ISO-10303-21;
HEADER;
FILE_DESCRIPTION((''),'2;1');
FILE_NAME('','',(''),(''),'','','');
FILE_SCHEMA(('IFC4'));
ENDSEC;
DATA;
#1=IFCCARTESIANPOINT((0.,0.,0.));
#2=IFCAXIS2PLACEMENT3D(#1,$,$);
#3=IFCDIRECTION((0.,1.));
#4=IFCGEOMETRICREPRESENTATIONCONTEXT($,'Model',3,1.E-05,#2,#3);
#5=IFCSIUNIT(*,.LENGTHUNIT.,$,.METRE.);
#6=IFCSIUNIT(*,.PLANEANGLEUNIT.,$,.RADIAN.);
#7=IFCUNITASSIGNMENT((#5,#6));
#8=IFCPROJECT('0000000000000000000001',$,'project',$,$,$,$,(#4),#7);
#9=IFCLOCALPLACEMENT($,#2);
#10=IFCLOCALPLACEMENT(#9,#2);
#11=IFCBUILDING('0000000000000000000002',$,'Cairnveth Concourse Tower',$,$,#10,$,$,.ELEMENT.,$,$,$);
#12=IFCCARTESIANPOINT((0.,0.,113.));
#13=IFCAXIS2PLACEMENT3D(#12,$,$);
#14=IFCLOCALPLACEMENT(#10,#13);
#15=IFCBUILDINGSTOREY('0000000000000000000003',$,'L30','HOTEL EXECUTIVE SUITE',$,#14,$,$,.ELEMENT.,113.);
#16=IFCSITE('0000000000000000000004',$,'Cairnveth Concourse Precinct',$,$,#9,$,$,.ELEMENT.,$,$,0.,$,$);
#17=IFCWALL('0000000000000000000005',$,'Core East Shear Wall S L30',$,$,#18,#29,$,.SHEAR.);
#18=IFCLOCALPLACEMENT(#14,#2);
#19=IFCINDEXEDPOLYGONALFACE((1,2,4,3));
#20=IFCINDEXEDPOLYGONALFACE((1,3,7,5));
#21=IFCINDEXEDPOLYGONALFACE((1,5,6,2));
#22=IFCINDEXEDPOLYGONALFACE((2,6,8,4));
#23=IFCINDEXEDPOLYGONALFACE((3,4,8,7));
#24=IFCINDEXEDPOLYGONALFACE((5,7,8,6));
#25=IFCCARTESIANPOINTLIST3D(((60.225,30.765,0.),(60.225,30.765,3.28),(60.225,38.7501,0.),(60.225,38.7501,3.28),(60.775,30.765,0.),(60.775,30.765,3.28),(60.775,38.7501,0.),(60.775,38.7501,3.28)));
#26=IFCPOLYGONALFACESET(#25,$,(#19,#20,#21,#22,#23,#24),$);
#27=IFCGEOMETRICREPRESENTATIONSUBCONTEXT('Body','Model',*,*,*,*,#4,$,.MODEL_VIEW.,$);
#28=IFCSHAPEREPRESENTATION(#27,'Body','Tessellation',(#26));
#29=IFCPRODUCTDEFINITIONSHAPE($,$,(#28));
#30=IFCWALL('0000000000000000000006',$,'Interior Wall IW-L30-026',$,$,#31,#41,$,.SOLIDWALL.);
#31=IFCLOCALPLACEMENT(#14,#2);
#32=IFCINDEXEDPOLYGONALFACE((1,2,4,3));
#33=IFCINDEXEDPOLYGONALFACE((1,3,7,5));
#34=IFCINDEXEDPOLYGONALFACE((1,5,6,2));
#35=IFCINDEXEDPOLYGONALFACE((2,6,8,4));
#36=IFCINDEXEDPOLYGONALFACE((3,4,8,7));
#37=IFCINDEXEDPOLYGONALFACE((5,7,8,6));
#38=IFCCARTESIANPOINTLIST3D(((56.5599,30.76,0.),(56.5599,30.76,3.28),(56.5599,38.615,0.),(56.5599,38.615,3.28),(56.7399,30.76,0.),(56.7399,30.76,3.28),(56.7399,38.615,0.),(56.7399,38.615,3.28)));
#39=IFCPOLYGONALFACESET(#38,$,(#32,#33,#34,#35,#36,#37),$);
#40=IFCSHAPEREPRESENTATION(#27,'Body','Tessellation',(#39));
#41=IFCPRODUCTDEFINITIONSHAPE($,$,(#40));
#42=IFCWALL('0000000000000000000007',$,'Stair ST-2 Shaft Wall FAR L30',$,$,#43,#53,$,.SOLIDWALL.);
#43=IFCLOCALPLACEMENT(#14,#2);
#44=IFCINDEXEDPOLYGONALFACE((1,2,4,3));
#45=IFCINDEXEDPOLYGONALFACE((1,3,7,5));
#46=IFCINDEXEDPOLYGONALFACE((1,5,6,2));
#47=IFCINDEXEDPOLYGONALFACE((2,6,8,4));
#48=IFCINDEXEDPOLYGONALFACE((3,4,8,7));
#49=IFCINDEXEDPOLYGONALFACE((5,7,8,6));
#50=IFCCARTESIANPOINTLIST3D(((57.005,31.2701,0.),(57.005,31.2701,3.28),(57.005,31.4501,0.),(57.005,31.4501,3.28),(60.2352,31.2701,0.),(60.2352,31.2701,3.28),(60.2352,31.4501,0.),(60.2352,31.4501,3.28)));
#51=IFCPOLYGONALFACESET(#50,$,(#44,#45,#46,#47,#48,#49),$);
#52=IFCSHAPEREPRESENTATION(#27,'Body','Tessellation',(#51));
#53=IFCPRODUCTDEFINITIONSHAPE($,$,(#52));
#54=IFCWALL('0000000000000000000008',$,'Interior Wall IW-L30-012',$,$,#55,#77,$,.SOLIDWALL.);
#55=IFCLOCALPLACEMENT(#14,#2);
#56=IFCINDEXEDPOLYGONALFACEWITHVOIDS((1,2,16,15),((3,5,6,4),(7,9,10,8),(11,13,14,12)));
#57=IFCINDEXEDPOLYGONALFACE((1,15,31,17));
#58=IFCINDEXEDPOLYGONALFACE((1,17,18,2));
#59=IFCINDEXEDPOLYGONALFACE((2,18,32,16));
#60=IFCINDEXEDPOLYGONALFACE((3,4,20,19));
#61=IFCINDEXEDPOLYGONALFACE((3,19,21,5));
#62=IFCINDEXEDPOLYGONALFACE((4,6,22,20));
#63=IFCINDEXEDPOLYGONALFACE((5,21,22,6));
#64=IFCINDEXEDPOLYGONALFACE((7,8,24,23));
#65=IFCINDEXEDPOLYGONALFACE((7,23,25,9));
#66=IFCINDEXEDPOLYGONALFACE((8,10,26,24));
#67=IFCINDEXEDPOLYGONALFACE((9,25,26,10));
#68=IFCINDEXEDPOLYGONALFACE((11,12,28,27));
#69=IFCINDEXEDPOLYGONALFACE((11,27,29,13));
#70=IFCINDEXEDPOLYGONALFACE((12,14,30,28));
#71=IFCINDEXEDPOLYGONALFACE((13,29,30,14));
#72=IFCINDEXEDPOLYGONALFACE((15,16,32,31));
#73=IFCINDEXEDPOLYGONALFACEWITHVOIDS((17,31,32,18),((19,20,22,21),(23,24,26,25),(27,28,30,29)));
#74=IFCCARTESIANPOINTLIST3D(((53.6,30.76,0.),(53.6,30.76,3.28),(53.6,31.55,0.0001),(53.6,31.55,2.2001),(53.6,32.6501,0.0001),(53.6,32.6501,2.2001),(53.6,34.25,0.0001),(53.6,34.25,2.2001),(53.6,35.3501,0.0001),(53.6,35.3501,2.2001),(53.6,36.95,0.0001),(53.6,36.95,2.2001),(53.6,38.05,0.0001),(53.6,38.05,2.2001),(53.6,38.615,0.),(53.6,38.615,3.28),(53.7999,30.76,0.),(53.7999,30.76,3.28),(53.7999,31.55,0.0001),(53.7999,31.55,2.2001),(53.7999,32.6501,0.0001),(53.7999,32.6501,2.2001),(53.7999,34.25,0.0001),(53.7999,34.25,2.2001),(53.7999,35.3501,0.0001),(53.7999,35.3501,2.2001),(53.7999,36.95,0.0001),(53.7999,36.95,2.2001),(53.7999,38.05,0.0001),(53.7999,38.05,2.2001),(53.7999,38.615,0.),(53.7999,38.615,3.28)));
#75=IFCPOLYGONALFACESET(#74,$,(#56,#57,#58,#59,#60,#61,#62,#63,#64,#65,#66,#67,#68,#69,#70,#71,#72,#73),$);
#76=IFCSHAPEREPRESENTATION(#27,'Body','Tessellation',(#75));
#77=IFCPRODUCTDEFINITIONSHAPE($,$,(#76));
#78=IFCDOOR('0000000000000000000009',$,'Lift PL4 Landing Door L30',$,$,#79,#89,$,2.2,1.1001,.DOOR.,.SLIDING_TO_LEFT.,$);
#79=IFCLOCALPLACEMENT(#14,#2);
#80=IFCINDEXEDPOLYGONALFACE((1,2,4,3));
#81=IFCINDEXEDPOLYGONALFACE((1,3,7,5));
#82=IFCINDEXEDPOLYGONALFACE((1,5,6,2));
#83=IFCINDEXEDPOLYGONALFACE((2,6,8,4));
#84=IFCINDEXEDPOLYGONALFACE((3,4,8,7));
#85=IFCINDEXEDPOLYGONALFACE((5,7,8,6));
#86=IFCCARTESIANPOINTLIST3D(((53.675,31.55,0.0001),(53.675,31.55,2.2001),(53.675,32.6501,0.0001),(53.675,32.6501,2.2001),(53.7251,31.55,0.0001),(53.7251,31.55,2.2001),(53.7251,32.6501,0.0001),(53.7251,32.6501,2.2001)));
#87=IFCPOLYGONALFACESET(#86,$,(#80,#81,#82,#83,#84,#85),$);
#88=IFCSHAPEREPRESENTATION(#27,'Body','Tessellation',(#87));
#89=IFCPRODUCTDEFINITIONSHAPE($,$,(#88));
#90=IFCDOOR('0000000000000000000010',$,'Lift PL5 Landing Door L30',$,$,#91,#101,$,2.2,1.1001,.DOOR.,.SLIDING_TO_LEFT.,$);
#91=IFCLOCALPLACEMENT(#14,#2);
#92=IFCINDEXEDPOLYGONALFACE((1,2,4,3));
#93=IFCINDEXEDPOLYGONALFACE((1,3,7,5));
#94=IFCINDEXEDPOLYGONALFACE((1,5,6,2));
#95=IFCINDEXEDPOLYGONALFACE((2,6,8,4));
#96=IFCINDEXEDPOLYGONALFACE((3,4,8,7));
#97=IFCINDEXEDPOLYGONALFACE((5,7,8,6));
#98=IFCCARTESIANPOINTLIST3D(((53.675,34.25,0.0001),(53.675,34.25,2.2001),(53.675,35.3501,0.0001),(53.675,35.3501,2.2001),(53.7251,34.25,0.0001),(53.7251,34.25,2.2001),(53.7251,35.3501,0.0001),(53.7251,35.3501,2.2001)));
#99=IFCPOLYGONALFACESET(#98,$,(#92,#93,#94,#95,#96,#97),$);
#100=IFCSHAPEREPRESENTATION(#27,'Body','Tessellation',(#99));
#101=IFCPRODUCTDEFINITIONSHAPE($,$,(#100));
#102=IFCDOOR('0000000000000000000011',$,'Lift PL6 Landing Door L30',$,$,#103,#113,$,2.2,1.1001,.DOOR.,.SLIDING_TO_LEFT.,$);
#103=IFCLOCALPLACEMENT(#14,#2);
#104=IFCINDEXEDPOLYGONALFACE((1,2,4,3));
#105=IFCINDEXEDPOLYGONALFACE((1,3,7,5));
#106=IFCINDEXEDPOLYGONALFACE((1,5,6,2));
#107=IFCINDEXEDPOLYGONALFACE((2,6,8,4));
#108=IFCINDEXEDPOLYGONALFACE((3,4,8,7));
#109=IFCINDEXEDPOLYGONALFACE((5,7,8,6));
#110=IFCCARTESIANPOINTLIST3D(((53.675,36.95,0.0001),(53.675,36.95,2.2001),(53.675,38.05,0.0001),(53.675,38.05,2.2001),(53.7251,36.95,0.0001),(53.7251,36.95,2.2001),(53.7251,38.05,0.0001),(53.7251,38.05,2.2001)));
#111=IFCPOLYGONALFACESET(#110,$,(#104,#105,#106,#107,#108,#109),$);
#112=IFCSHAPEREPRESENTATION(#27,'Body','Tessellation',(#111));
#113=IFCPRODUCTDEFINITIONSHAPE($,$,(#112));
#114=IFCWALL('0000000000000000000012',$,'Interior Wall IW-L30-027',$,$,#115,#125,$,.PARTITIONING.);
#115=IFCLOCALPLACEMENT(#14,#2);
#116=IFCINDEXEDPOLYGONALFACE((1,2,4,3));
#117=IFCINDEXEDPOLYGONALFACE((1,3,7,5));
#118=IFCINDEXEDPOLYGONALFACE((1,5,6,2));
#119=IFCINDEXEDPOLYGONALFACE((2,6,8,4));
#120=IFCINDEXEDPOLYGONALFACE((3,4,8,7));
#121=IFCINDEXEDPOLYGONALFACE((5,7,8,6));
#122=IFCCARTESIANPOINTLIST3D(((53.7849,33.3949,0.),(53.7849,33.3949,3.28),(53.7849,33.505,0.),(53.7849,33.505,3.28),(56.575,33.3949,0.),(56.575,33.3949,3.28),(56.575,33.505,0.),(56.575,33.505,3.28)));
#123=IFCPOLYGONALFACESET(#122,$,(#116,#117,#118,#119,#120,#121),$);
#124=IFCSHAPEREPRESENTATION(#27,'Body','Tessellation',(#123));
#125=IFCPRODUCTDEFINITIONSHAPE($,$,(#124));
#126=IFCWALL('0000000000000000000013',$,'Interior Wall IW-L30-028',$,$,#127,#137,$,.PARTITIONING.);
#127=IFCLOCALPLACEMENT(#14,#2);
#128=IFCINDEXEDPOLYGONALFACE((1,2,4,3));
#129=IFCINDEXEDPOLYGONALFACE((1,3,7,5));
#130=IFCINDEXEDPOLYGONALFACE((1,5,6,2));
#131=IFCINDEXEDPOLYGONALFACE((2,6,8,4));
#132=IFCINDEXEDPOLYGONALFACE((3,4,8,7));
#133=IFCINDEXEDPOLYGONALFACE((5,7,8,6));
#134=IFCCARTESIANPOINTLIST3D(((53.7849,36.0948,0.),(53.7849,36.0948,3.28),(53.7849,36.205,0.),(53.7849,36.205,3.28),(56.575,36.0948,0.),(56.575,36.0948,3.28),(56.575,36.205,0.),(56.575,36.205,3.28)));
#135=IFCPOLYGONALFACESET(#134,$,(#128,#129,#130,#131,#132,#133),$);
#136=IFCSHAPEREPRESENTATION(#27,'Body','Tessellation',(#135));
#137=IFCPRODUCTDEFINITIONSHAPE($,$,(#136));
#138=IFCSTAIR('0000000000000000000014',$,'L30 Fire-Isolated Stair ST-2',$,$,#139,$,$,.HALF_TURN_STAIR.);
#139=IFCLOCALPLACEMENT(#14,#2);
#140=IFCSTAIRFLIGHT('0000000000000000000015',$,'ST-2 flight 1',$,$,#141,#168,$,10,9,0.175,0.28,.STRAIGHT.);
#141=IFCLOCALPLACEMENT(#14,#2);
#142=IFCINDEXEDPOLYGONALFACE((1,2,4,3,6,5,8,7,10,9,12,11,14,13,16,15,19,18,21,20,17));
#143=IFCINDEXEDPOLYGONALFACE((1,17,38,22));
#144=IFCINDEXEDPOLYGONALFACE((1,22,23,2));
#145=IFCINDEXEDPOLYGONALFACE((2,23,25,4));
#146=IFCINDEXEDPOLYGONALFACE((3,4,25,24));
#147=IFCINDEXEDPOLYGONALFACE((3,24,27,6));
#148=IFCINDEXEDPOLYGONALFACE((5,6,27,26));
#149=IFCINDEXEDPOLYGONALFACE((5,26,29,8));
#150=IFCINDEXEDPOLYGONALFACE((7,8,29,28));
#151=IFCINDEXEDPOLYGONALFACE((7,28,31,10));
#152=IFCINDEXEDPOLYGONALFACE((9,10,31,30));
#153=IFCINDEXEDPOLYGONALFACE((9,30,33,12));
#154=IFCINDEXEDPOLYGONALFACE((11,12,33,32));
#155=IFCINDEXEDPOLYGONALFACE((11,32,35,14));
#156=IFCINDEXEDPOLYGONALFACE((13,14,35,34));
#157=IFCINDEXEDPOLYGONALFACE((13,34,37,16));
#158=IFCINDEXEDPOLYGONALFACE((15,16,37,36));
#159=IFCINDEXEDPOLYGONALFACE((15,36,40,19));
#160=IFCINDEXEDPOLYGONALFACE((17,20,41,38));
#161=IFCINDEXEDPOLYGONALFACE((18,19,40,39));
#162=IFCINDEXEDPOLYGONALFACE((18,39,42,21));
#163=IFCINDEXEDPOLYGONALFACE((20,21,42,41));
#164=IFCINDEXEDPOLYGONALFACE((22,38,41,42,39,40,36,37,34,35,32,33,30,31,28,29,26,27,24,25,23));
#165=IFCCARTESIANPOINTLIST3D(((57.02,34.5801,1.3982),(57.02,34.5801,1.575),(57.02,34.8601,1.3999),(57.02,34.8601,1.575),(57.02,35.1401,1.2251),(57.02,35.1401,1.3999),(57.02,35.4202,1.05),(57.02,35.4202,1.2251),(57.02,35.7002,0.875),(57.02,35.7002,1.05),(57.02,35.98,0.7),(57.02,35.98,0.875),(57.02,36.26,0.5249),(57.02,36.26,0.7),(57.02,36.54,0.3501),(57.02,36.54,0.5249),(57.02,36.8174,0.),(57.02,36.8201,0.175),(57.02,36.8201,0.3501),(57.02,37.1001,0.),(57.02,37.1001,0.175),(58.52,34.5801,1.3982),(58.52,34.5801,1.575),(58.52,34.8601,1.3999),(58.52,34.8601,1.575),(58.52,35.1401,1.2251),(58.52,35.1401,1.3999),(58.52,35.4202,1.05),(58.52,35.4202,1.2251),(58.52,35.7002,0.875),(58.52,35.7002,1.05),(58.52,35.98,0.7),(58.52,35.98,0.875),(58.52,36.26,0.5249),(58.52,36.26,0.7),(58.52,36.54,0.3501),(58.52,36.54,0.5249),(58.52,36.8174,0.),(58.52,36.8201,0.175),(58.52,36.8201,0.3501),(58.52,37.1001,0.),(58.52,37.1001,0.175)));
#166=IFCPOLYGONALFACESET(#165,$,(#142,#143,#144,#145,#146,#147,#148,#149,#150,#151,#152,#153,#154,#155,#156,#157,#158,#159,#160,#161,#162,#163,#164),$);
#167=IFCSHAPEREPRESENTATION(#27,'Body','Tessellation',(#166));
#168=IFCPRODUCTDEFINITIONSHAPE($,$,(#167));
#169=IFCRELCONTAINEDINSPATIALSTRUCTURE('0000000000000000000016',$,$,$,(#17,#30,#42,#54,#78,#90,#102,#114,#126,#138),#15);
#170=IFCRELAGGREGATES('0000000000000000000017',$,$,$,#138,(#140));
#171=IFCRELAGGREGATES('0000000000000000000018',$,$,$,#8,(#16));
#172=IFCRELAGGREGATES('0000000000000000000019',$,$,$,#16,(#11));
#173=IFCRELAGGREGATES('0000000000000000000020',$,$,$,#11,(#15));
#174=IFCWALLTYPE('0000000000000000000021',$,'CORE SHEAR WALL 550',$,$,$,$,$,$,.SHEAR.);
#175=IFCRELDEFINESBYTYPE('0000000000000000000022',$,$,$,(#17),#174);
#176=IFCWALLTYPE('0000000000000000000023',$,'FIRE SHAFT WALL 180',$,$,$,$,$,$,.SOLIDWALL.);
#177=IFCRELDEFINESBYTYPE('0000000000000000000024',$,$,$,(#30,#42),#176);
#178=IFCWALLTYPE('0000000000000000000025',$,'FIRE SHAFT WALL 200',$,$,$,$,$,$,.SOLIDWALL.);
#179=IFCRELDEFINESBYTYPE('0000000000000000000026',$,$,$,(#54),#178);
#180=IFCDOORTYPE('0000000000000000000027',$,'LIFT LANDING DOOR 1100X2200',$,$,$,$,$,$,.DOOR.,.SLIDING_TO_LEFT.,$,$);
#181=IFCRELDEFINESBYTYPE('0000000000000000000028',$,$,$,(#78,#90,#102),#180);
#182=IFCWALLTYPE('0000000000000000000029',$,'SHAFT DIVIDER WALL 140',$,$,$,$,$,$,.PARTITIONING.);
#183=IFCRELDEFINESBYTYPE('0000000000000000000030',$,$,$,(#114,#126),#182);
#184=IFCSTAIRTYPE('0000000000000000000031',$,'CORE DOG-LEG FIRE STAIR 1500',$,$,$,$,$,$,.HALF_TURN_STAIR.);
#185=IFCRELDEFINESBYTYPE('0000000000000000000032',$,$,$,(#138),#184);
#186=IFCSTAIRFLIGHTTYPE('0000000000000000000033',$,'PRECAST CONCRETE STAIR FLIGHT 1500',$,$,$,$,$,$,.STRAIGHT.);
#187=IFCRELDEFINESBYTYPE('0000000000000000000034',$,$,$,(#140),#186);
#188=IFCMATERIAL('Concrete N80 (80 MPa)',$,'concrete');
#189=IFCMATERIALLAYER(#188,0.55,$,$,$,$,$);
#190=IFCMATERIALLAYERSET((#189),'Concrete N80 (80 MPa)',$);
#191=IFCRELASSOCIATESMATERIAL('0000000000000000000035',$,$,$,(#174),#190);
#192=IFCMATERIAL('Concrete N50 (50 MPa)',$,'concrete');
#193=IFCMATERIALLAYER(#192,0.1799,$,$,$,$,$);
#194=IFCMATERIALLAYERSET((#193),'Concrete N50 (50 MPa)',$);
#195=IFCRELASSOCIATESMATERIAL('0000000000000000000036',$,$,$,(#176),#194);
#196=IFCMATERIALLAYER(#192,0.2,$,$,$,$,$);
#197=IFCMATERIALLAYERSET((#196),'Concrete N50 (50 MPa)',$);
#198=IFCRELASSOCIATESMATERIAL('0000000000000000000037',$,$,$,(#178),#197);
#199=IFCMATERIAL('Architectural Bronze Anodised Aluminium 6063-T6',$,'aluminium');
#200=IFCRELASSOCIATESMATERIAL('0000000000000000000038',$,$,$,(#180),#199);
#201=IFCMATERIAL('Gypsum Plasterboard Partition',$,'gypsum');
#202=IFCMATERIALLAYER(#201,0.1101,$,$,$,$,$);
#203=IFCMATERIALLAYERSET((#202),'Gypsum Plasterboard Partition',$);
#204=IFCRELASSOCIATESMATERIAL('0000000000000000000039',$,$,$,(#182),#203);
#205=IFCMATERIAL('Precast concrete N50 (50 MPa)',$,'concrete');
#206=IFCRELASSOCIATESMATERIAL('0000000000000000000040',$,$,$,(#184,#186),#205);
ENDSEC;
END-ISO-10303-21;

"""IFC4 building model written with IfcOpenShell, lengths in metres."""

from ifc_helpers import new_model, si_unit, direction, frame, frame_2d, origin, place, context, subcontext, project, spatial, polyline, rectangle, outline, extrude, material, layer, layer_set, type_object, element, fill, aggregate, save


model = new_model("IFC4")

# Units and contexts
model_context = context("Model", 3, precision=1e-05, world=origin(), true_north=direction((0.0, 1.0)))
body_context = subcontext(model_context, "Body", "Model", "MODEL_VIEW")
ifc_project = project(units=[si_unit("LENGTHUNIT", "METRE"), si_unit("PLANEANGLEUNIT", "RADIAN")], contexts=[model_context])

# Site, building, storey
site_placement = place(None, origin())
site = spatial("IfcSite", under=ifc_project, at=site_placement, Name="Cairnveth Concourse Precinct", CompositionType="ELEMENT", RefElevation=0.0)
building_placement = place(site_placement, origin())
building = spatial("IfcBuilding", under=site, at=building_placement, Name="Cairnveth Concourse Tower", CompositionType="ELEMENT")
storey_placement = place(building_placement, frame((0.0, 0.0, 113.0)))
storey = spatial("IfcBuildingStorey", under=building, at=storey_placement, Name="L30", Description="HOTEL EXECUTIVE SUITE", CompositionType="ELEMENT", Elevation=113.0)

# Walls
ifc_material_1 = material(Name="Concrete N80 (80 MPa)", Category="concrete")
ifc_layer_1 = layer(ifc_material_1, 0.55)
ifc_layer_set_1 = layer_set([ifc_layer_1], Name="Concrete N80 (80 MPa)")
wall_type_1 = type_object("IfcWallType", Name="CORE SHEAR WALL 550", PredefinedType="SHEAR", material=ifc_layer_set_1)
wall_1_placement = place(storey_placement, frame((60.5, 30.7649, 0.0), z_axis=(0.0, 0.0, 1.0), x_axis=(0.0, 1.0, 0.0)))
element("IfcWall", 1, at=wall_1_placement, inside=storey, type_object=wall_type_1, Name="Core East Shear Wall S L30", PredefinedType="SHEAR", context=body_context, shape_type="SweptSolid", body=[
    extrude(rectangle(XDim=7.9851, YDim=0.55, at=frame_2d((3.9927, 0.0))), origin(), (0.0, 0.0, 1.0), 3.28),
])
ifc_material_2 = material(Name="Concrete N50 (50 MPa)", Category="concrete")
ifc_layer_2 = layer(ifc_material_2, 0.1799)
ifc_layer_set_2 = layer_set([ifc_layer_2], Name="Concrete N50 (50 MPa)")
wall_type_2 = type_object("IfcWallType", Name="FIRE SHAFT WALL 180", PredefinedType="SOLIDWALL", material=ifc_layer_set_2)
wall_2_placement = place(storey_placement, frame((56.6499, 30.76, 0.0), z_axis=(0.0, 0.0, 1.0), x_axis=(0.0, 1.0, 0.0)))
element("IfcWall", 2, at=wall_2_placement, inside=storey, type_object=wall_type_2, Name="Interior Wall IW-L30-026", PredefinedType="SOLIDWALL", context=body_context, shape_type="SweptSolid", body=[
    extrude(rectangle(XDim=7.855, YDim=0.1799, at=frame_2d((3.9275, 0.0))), origin(), (0.0, 0.0, 1.0), 3.28),
])

# Wall
wall_3_placement = place(storey_placement, frame((57.0049, 31.3601, 0.0), z_axis=(0.0, 0.0, 1.0), x_axis=(1.0, 0.0, 0.0)))
element("IfcWall", 3, at=wall_3_placement, inside=storey, type_object=wall_type_2, Name="Stair ST-2 Shaft Wall FAR L30", PredefinedType="SOLIDWALL", context=body_context, shape_type="SweptSolid", body=[
    extrude(rectangle(XDim=3.2302, YDim=0.1799, at=frame_2d((1.6152, 0.0))), origin(), (0.0, 0.0, 1.0), 3.28),
])

# Wall, openings, doors
ifc_layer_3 = layer(ifc_material_2, 0.2)
ifc_layer_set_3 = layer_set([ifc_layer_3], Name="Concrete N50 (50 MPa)")
wall_type_3 = type_object("IfcWallType", Name="FIRE SHAFT WALL 200", PredefinedType="SOLIDWALL", material=ifc_layer_set_3)
wall_4_placement = place(storey_placement, frame((53.7, 30.76, 0.0), z_axis=(0.0, 0.0, 1.0), x_axis=(0.0, 1.0, 0.0)))
wall_4 = element("IfcWall", 4, at=wall_4_placement, inside=storey, type_object=wall_type_3, Name="Interior Wall IW-L30-012", PredefinedType="SOLIDWALL", context=body_context, shape_type="SweptSolid", body=[
    extrude(rectangle(XDim=7.855, YDim=0.2, at=frame_2d((3.9275, 0.0))), origin(), (0.0, 0.0, 1.0), 3.28),
])
opening_1_placement = place(wall_4_placement, frame((0.79, 0.0, 0.0)))
opening_1 = element("IfcOpeningElement", 5, at=opening_1_placement, cuts=wall_4, PredefinedType="OPENING", context=body_context, shape_type="SweptSolid", body=[
    extrude(rectangle(XDim=1.1001, YDim=2.2, at=frame_2d((0.55, 1.1001))), frame((0.0, 0.1099, 0.0), z_axis=(0.0, -1.0, 0.0), x_axis=(1.0, 0.0, 0.0)), (0.0, 0.0, 1.0), 0.22),
])
opening_2_placement = place(wall_4_placement, frame((3.49, 0.0, 0.0)))
opening_2 = element("IfcOpeningElement", 6, at=opening_2_placement, cuts=wall_4, PredefinedType="OPENING", context=body_context, shape_type="SweptSolid", body=[
    extrude(rectangle(XDim=1.1001, YDim=2.2, at=frame_2d((0.55, 1.1001))), frame((0.0, 0.1099, 0.0), z_axis=(0.0, -1.0, 0.0), x_axis=(1.0, 0.0, 0.0)), (0.0, 0.0, 1.0), 0.22),
])
opening_3_placement = place(wall_4_placement, frame((6.1899, 0.0, 0.0)))
opening_3 = element("IfcOpeningElement", 7, at=opening_3_placement, cuts=wall_4, PredefinedType="OPENING", context=body_context, shape_type="SweptSolid", body=[
    extrude(rectangle(XDim=1.1001, YDim=2.2, at=frame_2d((0.55, 1.1001))), frame((0.0, 0.1099, 0.0), z_axis=(0.0, -1.0, 0.0), x_axis=(1.0, 0.0, 0.0)), (0.0, 0.0, 1.0), 0.22),
])
ifc_material_3 = material(Name="Architectural Bronze Anodised Aluminium 6063-T6", Category="aluminium")
door_type_1 = type_object("IfcDoorType", Name="LIFT LANDING DOOR 1100X2200", OperationType="SLIDING_TO_LEFT", PredefinedType="DOOR", material=ifc_material_3)
door_1_placement = place(opening_1_placement, origin())
door_1 = element("IfcDoor", 8, at=door_1_placement, inside=storey, type_object=door_type_1, Name="Lift PL4 Landing Door L30", OperationType="SLIDING_TO_LEFT", OverallHeight=2.2, OverallWidth=1.1001, PredefinedType="DOOR", context=body_context, shape_type="SweptSolid", body=[
    extrude(rectangle(XDim=1.1001, YDim=2.2, at=frame_2d((0.55, 1.1001))), frame((0.0, 0.0249, 0.0), z_axis=(0.0, -1.0, 0.0), x_axis=(1.0, 0.0, 0.0)), (0.0, 0.0, 1.0), 0.05),
])
fill(opening_1, door_1)
door_2_placement = place(opening_2_placement, origin())
door_2 = element("IfcDoor", 9, at=door_2_placement, inside=storey, type_object=door_type_1, Name="Lift PL5 Landing Door L30", OperationType="SLIDING_TO_LEFT", OverallHeight=2.2, OverallWidth=1.1001, PredefinedType="DOOR", context=body_context, shape_type="SweptSolid", body=[
    extrude(rectangle(XDim=1.1001, YDim=2.2, at=frame_2d((0.55, 1.1001))), frame((0.0, 0.0249, 0.0), z_axis=(0.0, -1.0, 0.0), x_axis=(1.0, 0.0, 0.0)), (0.0, 0.0, 1.0), 0.05),
])
fill(opening_2, door_2)
door_3_placement = place(opening_3_placement, origin())
door_3 = element("IfcDoor", 10, at=door_3_placement, inside=storey, type_object=door_type_1, Name="Lift PL6 Landing Door L30", OperationType="SLIDING_TO_LEFT", OverallHeight=2.2, OverallWidth=1.1001, PredefinedType="DOOR", context=body_context, shape_type="SweptSolid", body=[
    extrude(rectangle(XDim=1.1001, YDim=2.2, at=frame_2d((0.55, 1.1001))), frame((0.0, 0.0249, 0.0), z_axis=(0.0, -1.0, 0.0), x_axis=(1.0, 0.0, 0.0)), (0.0, 0.0, 1.0), 0.05),
])
fill(opening_3, door_3)

# Walls
ifc_material_4 = material(Name="Gypsum Plasterboard Partition", Category="gypsum")
ifc_layer_4 = layer(ifc_material_4, 0.1101)
ifc_layer_set_4 = layer_set([ifc_layer_4], Name="Gypsum Plasterboard Partition")
wall_type_4 = type_object("IfcWallType", Name="SHAFT DIVIDER WALL 140", PredefinedType="PARTITIONING", material=ifc_layer_set_4)
for number, where, z_axis, x_axis, name in (
    (11, (53.7849, 33.45, 0.0), (0.0, 0.0, 1.0), (1.0, 0.0, 0.0), "Interior Wall IW-L30-027"),
    (12, (53.7849, 36.1499, 0.0), (0.0, 0.0, 1.0), (1.0, 0.0, 0.0), "Interior Wall IW-L30-028"),
):
    element("IfcWall", number, at=place(storey_placement, frame(where, z_axis=z_axis, x_axis=x_axis)), inside=storey, type_object=wall_type_4, Name=name, PredefinedType="PARTITIONING", context=body_context, shape_type="SweptSolid", body=[
        extrude(rectangle(XDim=2.79, YDim=0.1101, at=frame_2d((1.395, 0.0))), origin(), (0.0, 0.0, 1.0), 3.28),
    ])

# Stair, stair flight
ifc_material_5 = material(Name="Precast concrete N50 (50 MPa)", Category="concrete")
stair_type = type_object("IfcStairType", Name="CORE DOG-LEG FIRE STAIR 1500", PredefinedType="HALF_TURN_STAIR", material=ifc_material_5)
stair_placement = place(storey_placement, origin())
stair = element("IfcStair", 13, at=stair_placement, inside=storey, type_object=stair_type, Name="L30 Fire-Isolated Stair ST-2", PredefinedType="HALF_TURN_STAIR")
stair_flight_type = type_object("IfcStairFlightType", Name="PRECAST CONCRETE STAIR FLIGHT 1500", PredefinedType="STRAIGHT", material=ifc_material_5)
stair_flight_1_placement = place(storey_placement, frame((57.77, 37.1001, 0.0), z_axis=(0.0, 0.0, 1.0), x_axis=(0.0, -1.0, 0.0)))
stair_flight_1 = element("IfcStairFlight", 14, at=stair_flight_1_placement, type_object=stair_flight_type, Name="ST-2 flight 1", NumberOfRisers=10, NumberOfTreads=9, PredefinedType="STRAIGHT", RiserHeight=0.175, TreadLength=0.28, context=body_context, shape_type="SweptSolid", body=[
    extrude(outline(polyline([(0.0, 0.0), (0.0, 0.175), (0.28, 0.175), (0.28, 0.3501), (0.5601, 0.3501), (0.5601, 0.5249), (0.8401, 0.5249), (0.8401, 0.7), (1.1201, 0.7), (1.1201, 0.875), (1.3999, 0.875), (1.3999, 1.05), (1.6799, 1.05), (1.6799, 1.2251), (1.96, 1.2251), (1.96, 1.3999), (2.24, 1.3999), (2.24, 1.575), (2.52, 1.575), (2.52, 1.75), (2.52, 1.3982), (0.2827, 0.0), (0.0, 0.0)])), frame((0.0, 0.75, 0.0), z_axis=(0.0, -1.0, 0.0), x_axis=(1.0, 0.0, 0.0)), (0.0, 0.0, 1.0), 1.5),
])
aggregate(stair, [stair_flight_1])

save(model, "model.ifc")
